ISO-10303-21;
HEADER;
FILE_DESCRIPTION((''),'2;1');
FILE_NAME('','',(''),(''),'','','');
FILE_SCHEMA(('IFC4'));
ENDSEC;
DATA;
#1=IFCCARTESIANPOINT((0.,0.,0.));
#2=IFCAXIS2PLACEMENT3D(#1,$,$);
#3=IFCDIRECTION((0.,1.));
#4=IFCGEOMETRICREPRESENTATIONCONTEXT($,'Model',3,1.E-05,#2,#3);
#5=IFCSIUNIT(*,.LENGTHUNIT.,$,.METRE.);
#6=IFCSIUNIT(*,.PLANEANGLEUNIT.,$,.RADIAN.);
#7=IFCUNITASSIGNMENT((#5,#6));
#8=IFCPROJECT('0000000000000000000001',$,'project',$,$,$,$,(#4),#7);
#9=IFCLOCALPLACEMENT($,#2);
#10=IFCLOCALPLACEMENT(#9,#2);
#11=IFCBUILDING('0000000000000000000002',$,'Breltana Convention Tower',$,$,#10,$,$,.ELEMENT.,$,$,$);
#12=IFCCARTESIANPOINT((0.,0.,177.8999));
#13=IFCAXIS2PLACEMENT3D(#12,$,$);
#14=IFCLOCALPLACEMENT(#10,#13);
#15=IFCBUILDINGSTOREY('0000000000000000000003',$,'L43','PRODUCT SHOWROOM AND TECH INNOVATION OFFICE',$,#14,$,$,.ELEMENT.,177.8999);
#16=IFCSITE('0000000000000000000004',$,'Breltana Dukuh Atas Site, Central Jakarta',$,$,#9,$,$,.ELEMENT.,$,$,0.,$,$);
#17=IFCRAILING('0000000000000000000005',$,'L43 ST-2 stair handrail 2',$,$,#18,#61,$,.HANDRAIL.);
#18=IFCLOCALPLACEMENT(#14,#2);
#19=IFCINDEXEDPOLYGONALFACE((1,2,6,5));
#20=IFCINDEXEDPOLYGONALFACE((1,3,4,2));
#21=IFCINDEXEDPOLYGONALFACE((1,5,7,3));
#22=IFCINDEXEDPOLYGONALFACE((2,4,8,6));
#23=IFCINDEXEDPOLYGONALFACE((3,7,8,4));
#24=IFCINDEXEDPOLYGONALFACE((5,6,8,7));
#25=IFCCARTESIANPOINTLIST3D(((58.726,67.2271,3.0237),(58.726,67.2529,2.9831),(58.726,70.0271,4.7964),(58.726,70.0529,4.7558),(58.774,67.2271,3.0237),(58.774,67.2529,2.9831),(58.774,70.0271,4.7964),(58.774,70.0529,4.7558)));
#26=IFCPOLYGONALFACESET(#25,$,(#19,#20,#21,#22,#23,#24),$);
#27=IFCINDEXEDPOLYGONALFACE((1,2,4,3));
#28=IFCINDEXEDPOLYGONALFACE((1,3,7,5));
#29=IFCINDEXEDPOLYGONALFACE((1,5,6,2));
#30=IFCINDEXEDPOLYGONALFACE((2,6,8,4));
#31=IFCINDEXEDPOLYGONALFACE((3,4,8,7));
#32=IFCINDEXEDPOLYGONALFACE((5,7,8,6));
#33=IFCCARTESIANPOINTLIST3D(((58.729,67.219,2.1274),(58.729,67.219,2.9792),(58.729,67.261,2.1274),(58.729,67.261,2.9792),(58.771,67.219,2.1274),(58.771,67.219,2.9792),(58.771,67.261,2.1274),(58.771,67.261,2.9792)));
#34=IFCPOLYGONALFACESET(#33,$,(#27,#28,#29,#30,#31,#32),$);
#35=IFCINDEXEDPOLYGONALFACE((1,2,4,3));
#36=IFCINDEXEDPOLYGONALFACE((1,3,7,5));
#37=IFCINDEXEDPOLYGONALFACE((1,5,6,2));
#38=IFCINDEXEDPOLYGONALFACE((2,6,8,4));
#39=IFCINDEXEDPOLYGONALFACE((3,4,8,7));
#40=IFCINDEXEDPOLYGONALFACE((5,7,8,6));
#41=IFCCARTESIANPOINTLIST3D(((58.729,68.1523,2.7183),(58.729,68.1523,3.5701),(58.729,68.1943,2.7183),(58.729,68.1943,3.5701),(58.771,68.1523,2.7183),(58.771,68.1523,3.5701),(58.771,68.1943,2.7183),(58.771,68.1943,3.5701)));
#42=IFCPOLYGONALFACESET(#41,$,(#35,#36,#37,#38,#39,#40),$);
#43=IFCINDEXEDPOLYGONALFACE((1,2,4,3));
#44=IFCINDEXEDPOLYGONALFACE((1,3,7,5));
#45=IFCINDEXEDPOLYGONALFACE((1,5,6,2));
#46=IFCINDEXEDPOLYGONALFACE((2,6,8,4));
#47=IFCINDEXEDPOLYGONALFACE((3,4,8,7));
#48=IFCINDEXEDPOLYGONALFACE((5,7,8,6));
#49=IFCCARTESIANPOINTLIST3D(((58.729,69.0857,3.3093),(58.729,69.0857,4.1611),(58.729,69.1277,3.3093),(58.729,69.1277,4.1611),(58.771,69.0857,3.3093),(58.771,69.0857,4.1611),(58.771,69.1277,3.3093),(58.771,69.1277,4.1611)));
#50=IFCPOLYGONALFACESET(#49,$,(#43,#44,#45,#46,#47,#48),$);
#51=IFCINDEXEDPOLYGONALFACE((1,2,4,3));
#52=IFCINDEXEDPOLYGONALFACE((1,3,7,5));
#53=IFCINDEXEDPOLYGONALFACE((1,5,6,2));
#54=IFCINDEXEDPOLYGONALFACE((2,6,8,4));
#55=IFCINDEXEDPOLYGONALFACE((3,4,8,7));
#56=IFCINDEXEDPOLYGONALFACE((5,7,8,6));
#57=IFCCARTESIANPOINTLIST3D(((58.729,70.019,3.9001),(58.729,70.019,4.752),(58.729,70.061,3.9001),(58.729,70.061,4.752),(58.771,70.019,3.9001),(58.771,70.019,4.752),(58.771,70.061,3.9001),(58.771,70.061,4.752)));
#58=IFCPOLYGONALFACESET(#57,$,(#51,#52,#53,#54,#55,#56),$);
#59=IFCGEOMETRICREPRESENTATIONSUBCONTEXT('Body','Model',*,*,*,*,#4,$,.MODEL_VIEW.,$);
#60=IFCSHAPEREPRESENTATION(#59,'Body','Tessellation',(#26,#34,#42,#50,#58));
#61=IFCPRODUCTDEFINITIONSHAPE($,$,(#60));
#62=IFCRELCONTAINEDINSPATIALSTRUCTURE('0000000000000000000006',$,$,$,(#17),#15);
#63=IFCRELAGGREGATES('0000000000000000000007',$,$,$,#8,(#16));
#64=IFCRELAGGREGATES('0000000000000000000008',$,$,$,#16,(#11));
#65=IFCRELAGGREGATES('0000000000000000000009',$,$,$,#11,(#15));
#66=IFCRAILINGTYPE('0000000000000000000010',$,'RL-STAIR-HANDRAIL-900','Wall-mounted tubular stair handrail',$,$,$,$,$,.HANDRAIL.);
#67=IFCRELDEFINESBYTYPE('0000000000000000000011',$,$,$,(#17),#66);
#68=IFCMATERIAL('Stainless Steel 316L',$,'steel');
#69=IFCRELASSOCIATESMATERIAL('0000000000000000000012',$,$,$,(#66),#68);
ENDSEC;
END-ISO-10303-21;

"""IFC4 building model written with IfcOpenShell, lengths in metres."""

from ifc_helpers import new_model, si_unit, direction, frame, origin, origin_2d, place, context, subcontext, project, spatial, rectangle, extrude, material, type_object, element, save


model = new_model("IFC4")

# Units and contexts
model_context = context("Model", 3, precision=1e-05, world=origin(), true_north=direction((0.0, 1.0)))
body_context = subcontext(model_context, "Body", "Model", "MODEL_VIEW")
ifc_project = project(units=[si_unit("LENGTHUNIT", "METRE"), si_unit("PLANEANGLEUNIT", "RADIAN")], contexts=[model_context])

# Site, building, storey
site_placement = place(None, origin())
site = spatial("IfcSite", under=ifc_project, at=site_placement, Name="Breltana Dukuh Atas Site, Central Jakarta", CompositionType="ELEMENT", RefElevation=0.0)
building_placement = place(site_placement, origin())
building = spatial("IfcBuilding", under=site, at=building_placement, Name="Breltana Convention Tower", CompositionType="ELEMENT")
storey_placement = place(building_placement, frame((0.0, 0.0, 177.8999)))
storey = spatial("IfcBuildingStorey", under=building, at=storey_placement, Name="L43", Description="PRODUCT SHOWROOM AND TECH INNOVATION OFFICE", CompositionType="ELEMENT", Elevation=177.8999)

# Railing
ifc_material_1 = material(Name="Stainless Steel 316L", Category="steel")
railing_type_1 = type_object("IfcRailingType", Name="RL-STAIR-HANDRAIL-900", Description="Wall-mounted tubular stair handrail", PredefinedType="HANDRAIL", material=ifc_material_1)
railing_1_placement = place(storey_placement, frame((58.75, 67.24, 2.1274)))
element("IfcRailing", 1, at=railing_1_placement, inside=storey, type_object=railing_type_1, Name="L43 ST-2 stair handrail 2", PredefinedType="HANDRAIL", context=body_context, shape_type="SweptSolid", body=[
    extrude(rectangle(XDim=0.0481, YDim=0.0481, at=origin_2d()), frame((0.0, 0.0, 0.876), z_axis=(0.0, 0.844909, 0.53491), x_axis=(-1.0, 0.0, 0.0)), (0.0, 0.0, 1.0), 3.314),
    extrude(rectangle(XDim=0.042, YDim=0.042, at=origin_2d()), origin(), (0.0, 0.0, 1.0), 0.8518),
    extrude(rectangle(XDim=0.042, YDim=0.042, at=origin_2d()), frame((0.0, 0.9333, 0.5908)), (0.0, 0.0, 1.0), 0.8518),
    extrude(rectangle(XDim=0.042, YDim=0.042, at=origin_2d()), frame((0.0, 1.8667, 1.1819)), (0.0, 0.0, 1.0), 0.8518),
    extrude(rectangle(XDim=0.042, YDim=0.042, at=origin_2d()), frame((0.0, 2.8, 1.7727)), (0.0, 0.0, 1.0), 0.8518),
])

save(model, "model.ifc")
